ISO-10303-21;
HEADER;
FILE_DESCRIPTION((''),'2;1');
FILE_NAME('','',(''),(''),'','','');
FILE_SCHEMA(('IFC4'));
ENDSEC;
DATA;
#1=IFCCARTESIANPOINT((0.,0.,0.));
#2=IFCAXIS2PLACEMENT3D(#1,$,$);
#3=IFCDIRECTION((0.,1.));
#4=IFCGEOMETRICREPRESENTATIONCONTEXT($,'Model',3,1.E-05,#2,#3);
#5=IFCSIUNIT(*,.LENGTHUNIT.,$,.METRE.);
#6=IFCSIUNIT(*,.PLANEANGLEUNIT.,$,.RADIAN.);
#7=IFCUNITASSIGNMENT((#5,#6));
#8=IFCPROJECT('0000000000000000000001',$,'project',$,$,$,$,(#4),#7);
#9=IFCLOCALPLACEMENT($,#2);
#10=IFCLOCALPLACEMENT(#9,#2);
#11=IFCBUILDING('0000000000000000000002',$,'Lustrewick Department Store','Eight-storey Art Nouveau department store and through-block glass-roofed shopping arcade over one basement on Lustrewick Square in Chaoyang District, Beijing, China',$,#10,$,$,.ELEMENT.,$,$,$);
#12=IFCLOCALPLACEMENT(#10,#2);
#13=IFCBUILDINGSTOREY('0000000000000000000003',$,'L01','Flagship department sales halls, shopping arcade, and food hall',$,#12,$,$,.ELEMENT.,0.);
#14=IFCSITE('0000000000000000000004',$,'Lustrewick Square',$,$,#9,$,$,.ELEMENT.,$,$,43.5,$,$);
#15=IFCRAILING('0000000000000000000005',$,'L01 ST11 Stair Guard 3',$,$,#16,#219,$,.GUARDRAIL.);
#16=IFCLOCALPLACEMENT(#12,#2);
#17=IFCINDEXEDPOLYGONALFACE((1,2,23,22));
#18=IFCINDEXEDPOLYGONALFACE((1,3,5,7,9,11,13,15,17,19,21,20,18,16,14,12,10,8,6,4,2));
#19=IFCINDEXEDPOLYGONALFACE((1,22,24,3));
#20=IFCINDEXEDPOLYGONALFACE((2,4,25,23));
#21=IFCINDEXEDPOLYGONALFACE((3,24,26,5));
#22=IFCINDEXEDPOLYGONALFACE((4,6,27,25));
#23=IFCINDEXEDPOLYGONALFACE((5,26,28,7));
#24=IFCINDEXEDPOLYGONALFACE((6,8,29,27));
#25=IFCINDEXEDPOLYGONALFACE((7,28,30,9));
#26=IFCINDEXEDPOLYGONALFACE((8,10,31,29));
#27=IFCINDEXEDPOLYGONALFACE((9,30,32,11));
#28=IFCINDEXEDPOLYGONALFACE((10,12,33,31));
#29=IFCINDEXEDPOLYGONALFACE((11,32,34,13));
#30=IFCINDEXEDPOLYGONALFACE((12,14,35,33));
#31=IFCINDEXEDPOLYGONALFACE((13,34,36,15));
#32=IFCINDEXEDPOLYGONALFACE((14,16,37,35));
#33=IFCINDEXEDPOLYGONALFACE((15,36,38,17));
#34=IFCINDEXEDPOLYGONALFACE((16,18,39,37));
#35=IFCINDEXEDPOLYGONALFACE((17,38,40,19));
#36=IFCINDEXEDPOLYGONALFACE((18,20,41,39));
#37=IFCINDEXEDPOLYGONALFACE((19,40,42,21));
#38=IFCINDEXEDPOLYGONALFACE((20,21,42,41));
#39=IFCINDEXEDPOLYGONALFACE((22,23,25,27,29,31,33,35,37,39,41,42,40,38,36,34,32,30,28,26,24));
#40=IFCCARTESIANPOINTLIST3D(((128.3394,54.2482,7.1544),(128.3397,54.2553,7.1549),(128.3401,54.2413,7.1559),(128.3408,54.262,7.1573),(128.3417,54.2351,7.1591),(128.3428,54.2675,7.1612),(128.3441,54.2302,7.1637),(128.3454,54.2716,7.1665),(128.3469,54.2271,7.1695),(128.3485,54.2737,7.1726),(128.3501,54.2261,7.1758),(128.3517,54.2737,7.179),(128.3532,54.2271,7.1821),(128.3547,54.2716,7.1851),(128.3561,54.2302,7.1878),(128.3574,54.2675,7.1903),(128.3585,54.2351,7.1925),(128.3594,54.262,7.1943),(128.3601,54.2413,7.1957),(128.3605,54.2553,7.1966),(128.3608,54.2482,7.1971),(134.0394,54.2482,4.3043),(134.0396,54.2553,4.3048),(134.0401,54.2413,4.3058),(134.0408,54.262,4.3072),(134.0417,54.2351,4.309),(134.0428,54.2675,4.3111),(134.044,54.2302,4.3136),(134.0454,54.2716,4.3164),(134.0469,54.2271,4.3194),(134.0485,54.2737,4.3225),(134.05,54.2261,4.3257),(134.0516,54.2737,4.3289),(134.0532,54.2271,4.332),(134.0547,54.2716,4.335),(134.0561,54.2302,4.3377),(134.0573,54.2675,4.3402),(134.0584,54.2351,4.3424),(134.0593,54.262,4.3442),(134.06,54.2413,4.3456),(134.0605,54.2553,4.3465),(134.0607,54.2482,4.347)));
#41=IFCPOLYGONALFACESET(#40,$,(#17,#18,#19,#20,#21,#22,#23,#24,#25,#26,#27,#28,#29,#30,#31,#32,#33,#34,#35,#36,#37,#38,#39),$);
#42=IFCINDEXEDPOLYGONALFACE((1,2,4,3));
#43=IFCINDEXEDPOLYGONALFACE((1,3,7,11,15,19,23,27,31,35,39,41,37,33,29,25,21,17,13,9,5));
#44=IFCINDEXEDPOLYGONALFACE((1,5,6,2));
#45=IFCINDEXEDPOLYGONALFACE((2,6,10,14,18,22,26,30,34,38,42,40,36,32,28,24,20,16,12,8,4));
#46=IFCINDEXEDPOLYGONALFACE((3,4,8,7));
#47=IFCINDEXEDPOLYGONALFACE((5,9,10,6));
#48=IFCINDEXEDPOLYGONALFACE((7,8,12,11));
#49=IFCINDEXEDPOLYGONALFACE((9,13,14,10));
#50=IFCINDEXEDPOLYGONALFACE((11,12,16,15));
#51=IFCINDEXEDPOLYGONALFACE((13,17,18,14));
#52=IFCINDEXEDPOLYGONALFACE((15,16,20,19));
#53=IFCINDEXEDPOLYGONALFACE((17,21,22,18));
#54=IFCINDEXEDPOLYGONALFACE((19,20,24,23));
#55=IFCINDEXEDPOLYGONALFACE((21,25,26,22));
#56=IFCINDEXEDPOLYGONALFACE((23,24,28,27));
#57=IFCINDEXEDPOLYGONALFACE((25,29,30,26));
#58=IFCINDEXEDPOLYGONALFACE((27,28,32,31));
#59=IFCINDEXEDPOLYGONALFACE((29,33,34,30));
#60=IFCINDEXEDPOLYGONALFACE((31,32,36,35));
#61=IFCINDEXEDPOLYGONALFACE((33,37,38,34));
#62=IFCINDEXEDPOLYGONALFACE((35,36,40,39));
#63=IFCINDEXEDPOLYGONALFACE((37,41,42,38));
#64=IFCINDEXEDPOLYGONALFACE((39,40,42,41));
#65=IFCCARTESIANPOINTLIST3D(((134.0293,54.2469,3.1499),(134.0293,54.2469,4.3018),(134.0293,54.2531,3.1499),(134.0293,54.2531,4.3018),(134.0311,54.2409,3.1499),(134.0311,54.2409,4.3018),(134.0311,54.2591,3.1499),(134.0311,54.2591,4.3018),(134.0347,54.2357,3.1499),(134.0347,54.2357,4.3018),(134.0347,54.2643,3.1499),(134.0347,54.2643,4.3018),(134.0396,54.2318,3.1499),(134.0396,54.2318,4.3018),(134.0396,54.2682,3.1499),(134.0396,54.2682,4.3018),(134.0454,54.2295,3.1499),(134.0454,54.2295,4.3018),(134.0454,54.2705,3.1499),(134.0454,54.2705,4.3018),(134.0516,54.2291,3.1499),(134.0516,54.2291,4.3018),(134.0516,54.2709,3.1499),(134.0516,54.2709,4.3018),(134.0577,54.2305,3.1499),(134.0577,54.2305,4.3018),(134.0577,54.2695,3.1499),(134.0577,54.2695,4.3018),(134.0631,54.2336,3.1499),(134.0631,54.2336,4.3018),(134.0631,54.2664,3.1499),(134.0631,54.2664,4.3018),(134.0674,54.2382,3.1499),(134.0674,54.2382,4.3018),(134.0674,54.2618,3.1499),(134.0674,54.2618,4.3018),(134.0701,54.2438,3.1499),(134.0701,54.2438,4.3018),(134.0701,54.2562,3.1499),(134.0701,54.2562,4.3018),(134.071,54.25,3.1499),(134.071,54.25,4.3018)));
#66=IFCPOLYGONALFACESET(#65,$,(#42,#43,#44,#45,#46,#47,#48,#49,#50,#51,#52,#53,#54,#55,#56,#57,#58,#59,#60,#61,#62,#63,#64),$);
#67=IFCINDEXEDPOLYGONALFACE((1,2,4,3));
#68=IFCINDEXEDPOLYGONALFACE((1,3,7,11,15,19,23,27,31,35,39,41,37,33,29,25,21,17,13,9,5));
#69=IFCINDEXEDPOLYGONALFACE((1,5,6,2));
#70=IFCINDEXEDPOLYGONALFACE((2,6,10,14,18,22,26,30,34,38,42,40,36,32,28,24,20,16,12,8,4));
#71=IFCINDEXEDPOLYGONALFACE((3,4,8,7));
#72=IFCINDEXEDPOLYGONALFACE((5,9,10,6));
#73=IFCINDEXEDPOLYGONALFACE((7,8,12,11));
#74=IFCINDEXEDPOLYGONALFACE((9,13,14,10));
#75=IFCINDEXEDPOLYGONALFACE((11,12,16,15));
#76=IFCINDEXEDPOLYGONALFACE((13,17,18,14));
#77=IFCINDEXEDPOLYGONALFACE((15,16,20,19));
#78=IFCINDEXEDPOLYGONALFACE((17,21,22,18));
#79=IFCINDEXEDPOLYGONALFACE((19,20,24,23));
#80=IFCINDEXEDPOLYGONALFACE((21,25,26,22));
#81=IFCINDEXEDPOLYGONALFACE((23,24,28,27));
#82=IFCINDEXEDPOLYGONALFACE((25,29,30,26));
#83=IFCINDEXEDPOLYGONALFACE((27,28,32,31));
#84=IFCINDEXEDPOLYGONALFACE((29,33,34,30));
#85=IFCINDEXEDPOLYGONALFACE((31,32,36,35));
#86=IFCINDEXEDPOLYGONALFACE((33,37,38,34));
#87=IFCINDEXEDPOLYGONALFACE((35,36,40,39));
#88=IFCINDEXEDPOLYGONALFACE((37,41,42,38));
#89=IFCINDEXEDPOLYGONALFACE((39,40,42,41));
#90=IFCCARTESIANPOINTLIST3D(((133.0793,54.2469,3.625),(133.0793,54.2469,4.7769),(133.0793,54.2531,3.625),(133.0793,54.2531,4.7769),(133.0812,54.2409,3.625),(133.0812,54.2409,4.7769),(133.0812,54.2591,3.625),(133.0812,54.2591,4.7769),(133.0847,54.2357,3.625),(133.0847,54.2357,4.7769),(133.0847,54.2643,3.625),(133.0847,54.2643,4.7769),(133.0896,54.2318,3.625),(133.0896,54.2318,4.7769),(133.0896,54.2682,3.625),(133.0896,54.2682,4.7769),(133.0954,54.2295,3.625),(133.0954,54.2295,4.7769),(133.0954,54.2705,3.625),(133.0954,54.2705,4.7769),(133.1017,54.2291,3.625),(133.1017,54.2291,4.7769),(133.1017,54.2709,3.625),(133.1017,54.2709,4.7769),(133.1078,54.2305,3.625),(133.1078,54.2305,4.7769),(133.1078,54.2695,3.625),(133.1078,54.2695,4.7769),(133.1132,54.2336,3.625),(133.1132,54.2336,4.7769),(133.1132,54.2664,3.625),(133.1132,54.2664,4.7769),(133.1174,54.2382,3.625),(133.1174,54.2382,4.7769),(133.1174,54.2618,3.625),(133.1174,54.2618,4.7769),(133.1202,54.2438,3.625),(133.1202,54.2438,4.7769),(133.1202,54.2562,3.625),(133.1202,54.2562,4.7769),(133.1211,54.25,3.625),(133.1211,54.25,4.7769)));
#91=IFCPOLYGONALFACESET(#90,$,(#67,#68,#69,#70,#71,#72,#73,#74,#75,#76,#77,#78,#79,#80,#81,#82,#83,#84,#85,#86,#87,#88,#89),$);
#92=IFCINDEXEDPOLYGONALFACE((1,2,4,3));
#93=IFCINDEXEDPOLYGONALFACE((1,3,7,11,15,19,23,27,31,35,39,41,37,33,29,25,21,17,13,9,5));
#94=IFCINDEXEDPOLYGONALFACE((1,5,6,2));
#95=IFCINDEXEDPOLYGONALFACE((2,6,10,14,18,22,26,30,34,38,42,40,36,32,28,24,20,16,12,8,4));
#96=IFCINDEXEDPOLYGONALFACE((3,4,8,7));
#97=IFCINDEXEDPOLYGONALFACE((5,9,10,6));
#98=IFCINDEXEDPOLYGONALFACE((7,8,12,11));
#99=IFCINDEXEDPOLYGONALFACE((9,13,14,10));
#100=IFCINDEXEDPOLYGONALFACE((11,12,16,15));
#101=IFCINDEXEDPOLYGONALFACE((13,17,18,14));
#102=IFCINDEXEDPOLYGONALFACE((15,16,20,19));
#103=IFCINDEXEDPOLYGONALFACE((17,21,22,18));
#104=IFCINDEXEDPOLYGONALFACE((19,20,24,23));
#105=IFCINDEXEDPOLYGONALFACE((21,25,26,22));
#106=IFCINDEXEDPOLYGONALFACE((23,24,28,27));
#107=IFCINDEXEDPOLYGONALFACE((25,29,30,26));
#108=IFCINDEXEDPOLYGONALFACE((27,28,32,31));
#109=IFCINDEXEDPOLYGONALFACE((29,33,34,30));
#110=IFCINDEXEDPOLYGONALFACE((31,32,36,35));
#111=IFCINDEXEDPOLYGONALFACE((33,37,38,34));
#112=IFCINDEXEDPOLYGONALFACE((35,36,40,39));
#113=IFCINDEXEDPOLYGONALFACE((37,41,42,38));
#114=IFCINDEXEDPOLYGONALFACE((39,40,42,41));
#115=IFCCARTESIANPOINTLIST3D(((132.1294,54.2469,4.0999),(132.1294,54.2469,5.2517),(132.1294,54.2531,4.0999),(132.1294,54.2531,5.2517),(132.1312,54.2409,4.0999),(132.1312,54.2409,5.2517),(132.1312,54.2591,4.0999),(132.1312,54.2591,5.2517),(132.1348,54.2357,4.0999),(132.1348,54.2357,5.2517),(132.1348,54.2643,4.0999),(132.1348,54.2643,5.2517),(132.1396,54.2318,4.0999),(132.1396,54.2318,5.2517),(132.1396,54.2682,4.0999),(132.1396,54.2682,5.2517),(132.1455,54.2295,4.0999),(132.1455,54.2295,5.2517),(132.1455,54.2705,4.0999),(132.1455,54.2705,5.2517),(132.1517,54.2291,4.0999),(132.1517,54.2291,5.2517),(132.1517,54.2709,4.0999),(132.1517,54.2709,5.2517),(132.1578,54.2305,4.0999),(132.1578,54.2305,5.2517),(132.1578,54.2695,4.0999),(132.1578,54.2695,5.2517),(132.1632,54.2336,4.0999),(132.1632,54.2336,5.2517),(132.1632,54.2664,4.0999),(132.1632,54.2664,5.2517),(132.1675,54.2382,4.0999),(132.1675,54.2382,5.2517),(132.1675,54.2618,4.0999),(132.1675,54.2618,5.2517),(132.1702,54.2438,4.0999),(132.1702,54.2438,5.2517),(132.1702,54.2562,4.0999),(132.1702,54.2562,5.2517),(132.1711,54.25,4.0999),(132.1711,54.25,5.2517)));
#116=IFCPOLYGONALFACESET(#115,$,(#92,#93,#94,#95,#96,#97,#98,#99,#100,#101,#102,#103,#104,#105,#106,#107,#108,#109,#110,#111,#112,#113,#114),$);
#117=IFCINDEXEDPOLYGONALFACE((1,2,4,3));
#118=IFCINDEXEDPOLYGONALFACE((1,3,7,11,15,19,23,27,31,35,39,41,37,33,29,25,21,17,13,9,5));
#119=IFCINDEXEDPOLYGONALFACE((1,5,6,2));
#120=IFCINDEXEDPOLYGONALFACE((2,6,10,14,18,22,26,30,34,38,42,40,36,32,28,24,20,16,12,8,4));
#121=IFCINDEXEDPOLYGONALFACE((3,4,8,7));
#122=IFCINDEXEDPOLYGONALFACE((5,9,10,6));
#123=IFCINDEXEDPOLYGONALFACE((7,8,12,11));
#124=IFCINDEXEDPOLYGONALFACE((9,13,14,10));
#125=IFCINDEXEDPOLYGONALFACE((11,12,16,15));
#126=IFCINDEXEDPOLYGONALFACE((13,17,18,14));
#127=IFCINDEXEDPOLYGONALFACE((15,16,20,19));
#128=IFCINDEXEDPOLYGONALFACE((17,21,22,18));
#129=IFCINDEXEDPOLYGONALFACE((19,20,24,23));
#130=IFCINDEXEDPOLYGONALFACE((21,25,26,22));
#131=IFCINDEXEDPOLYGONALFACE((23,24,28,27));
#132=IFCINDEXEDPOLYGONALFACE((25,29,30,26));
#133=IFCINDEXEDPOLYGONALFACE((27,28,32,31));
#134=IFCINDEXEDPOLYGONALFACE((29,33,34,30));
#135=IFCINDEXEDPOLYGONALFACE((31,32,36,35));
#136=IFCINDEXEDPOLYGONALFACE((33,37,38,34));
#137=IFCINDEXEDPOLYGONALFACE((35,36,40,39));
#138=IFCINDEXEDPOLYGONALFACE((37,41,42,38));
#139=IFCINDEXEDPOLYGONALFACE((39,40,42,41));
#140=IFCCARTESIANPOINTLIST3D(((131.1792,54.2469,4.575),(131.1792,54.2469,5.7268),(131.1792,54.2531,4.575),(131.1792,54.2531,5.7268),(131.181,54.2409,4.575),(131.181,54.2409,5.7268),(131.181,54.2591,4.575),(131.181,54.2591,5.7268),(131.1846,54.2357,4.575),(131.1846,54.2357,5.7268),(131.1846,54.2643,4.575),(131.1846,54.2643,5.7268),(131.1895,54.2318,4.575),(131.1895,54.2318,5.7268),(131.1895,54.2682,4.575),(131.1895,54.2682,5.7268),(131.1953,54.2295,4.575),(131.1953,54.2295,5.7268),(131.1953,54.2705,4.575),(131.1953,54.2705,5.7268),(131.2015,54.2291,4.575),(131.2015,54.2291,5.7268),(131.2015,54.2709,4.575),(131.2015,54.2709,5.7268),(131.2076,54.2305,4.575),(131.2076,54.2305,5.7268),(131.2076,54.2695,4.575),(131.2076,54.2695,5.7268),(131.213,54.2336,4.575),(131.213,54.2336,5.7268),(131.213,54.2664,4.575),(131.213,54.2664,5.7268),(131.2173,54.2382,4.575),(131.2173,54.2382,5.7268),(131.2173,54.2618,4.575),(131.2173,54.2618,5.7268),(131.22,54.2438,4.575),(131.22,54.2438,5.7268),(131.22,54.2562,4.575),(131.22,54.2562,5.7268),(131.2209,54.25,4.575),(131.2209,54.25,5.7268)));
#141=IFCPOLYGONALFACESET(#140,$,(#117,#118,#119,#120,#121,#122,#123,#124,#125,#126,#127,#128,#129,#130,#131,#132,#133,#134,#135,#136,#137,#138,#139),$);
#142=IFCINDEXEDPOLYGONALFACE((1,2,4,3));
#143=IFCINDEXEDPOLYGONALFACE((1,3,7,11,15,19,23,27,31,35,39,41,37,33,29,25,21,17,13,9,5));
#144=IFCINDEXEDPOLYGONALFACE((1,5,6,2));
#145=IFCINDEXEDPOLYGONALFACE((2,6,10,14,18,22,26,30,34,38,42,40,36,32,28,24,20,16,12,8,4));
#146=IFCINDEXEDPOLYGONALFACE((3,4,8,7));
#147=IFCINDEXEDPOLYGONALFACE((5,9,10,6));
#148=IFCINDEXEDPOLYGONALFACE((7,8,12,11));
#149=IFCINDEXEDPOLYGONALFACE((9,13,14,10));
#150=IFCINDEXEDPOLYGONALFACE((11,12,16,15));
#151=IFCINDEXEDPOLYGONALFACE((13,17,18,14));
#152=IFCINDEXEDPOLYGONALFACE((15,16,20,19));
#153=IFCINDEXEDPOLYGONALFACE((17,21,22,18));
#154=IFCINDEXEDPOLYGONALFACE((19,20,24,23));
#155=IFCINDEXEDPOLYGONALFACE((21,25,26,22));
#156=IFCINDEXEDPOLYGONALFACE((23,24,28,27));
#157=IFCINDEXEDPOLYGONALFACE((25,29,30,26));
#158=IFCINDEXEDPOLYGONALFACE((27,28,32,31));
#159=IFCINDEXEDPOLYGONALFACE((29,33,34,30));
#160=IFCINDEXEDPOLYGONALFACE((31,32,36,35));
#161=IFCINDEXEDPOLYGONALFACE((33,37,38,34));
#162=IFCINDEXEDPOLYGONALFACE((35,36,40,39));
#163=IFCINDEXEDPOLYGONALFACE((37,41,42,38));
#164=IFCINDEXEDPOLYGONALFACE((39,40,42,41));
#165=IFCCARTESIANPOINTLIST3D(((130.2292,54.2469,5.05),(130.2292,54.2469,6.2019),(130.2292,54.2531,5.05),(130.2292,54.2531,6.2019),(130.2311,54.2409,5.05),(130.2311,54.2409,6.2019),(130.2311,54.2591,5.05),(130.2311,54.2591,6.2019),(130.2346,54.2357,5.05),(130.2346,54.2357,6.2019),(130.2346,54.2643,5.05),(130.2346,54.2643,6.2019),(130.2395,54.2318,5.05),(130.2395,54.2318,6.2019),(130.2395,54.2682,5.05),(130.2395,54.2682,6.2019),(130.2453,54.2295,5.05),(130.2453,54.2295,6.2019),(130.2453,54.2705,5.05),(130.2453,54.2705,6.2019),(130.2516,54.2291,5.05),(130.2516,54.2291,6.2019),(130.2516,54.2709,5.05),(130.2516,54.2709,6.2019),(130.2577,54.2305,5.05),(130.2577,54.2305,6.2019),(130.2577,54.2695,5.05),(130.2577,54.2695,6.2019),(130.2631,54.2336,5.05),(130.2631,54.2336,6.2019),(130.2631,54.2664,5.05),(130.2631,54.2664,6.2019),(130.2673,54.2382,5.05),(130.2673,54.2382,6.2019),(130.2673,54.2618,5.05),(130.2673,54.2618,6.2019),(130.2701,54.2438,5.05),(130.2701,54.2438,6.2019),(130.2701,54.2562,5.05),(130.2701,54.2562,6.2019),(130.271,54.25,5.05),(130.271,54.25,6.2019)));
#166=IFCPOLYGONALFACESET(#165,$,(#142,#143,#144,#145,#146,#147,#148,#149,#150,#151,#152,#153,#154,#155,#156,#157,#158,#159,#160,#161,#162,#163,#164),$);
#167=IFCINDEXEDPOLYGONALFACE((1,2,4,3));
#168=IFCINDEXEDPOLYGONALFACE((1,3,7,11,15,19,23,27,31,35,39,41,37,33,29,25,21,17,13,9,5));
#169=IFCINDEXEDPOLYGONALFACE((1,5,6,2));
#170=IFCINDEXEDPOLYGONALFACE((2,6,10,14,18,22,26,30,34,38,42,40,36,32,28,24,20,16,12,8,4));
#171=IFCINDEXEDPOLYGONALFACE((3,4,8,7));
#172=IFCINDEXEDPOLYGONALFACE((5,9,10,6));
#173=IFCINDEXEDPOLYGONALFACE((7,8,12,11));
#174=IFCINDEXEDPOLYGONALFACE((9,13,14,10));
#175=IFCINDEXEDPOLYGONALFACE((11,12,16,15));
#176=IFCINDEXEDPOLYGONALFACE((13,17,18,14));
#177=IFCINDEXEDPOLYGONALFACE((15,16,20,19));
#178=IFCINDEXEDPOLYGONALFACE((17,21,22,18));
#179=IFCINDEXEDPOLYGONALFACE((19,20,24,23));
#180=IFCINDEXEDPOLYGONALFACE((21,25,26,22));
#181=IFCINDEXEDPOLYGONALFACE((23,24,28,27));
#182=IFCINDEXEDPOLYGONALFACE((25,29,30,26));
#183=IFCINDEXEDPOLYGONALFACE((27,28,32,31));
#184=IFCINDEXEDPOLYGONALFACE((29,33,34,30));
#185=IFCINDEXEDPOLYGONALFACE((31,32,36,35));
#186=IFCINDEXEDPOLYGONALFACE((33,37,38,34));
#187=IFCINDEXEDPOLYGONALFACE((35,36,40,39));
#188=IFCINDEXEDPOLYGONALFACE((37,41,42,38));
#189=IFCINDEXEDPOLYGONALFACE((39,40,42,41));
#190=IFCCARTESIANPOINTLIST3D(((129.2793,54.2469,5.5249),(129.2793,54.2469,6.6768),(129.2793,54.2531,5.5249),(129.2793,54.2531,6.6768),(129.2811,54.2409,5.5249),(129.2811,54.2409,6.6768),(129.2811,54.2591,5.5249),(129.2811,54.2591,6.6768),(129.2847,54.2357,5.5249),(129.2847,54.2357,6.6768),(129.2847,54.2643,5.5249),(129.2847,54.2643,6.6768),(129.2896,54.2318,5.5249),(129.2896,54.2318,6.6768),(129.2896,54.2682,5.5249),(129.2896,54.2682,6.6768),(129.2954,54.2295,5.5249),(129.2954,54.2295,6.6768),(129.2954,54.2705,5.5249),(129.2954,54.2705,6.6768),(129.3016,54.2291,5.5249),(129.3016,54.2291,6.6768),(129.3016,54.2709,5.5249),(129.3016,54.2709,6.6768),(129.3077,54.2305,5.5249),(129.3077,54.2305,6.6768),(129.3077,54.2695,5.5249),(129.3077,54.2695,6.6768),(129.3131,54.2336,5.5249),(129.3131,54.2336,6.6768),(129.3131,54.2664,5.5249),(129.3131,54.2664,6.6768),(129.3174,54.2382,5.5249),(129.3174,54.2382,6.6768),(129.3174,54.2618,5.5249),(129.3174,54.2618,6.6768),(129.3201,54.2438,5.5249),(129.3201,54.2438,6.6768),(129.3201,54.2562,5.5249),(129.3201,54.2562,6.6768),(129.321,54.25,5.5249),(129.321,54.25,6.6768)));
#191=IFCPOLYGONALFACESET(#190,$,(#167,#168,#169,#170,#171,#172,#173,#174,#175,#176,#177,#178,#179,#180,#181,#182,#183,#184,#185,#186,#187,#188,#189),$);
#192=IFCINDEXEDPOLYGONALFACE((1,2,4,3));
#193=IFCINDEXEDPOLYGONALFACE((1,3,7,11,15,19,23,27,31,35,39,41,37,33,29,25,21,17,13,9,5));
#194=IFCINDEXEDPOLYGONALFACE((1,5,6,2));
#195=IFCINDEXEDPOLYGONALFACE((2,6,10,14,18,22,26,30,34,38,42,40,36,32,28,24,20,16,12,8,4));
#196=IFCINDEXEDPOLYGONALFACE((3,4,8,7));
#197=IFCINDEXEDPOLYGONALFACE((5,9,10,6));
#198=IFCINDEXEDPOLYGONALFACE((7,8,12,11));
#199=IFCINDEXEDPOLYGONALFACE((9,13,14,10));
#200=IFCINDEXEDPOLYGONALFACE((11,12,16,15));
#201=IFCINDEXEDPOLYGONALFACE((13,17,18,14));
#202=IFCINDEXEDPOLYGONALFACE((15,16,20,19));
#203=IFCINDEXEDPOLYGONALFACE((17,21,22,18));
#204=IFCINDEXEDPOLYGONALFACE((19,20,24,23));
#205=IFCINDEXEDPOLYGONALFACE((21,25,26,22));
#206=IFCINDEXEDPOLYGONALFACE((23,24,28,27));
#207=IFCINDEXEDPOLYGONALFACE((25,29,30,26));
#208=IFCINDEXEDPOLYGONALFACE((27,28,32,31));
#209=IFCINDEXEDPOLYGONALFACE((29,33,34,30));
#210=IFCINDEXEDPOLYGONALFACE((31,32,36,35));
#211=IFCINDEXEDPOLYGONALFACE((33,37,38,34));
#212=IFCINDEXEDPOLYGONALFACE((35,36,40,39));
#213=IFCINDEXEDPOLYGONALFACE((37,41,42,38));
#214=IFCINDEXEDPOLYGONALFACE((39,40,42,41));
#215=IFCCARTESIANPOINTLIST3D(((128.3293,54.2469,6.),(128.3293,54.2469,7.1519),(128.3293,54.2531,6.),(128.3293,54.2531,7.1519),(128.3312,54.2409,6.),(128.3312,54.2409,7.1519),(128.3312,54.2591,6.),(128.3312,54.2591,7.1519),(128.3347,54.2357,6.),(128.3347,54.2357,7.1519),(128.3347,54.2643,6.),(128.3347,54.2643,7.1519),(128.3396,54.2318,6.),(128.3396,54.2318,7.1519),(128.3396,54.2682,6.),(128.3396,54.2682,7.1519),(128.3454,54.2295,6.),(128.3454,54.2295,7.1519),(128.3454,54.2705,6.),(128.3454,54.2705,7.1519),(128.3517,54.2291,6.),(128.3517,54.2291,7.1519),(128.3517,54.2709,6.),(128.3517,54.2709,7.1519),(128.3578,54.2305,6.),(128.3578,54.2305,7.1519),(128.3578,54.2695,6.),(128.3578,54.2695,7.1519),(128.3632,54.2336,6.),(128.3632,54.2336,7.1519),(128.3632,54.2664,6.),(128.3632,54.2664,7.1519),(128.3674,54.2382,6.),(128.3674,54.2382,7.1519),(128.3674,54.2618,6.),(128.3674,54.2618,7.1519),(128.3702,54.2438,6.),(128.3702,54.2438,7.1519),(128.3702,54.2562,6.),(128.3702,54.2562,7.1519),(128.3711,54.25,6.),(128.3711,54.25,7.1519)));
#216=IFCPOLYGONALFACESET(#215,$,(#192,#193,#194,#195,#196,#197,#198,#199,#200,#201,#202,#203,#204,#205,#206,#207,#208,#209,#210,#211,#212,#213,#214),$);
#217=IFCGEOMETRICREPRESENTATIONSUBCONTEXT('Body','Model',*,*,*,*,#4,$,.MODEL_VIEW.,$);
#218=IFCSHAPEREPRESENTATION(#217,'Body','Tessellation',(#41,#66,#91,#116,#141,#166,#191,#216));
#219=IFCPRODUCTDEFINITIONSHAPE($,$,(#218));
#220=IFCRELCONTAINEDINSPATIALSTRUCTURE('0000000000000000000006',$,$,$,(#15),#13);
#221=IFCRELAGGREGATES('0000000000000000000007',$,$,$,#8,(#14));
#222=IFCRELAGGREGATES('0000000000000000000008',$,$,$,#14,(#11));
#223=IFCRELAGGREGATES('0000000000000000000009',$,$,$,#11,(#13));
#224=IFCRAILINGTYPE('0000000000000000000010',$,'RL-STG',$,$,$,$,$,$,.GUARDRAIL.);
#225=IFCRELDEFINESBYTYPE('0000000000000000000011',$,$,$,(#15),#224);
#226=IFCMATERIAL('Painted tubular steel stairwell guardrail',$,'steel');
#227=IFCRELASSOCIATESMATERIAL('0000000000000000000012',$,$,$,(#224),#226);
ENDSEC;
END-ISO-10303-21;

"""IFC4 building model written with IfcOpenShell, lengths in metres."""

from ifc_helpers import new_model, si_unit, direction, frame, origin, origin_2d, place, context, subcontext, project, spatial, circle, extrude, material, type_object, element, save


model = new_model("IFC4")

# Units and contexts
model_context = context("Model", 3, precision=1e-05, world=origin(), true_north=direction((0.0, 1.0)))
body_context = subcontext(model_context, "Body", "Model", "MODEL_VIEW")
ifc_project = project(units=[si_unit("LENGTHUNIT", "METRE"), si_unit("PLANEANGLEUNIT", "RADIAN")], contexts=[model_context])

# Site, building, storey
site_placement = place(None, origin())
site = spatial("IfcSite", under=ifc_project, at=site_placement, Name="Lustrewick Square", CompositionType="ELEMENT", RefElevation=43.5)
building_placement = place(site_placement, origin())
building = spatial("IfcBuilding", under=site, at=building_placement, Name="Lustrewick Department Store", Description="Eight-storey Art Nouveau department store and through-block glass-roofed shopping arcade over one basement on Lustrewick Square in Chaoyang District, Beijing, China", CompositionType="ELEMENT")
storey_placement = place(building_placement, origin())
storey = spatial("IfcBuildingStorey", under=building, at=storey_placement, Name="L01", Description="Flagship department sales halls, shopping arcade, and food hall", CompositionType="ELEMENT", Elevation=0.0)

# Railing
ifc_material_1 = material(Name="Painted tubular steel stairwell guardrail", Category="steel")
railing_type_1 = type_object("IfcRailingType", Name="RL-STG", PredefinedType="GUARDRAIL", material=ifc_material_1)
railing_1_placement = place(storey_placement, frame((134.05, 54.25, 3.1499)))
element("IfcRailing", 1, at=railing_1_placement, inside=storey, type_object=railing_type_1, Name="L01 ST11 Stair Guard 3", PredefinedType="GUARDRAIL", context=body_context, shape_type="SweptSolid", body=[
    extrude(circle(Radius=0.0239, at=origin_2d()), frame((0.0, 0.0, 1.1758), z_axis=(-0.89442, 0.0, 0.447229), x_axis=(0.0, -1.0, 0.0)), (0.0, 0.0, 1.0), 6.3728),
    extrude(circle(Radius=0.021, at=origin_2d()), origin(), (0.0, 0.0, 1.0), 1.1519),
    extrude(circle(Radius=0.021, at=origin_2d()), frame((-0.95, 0.0, 0.4751)), (0.0, 0.0, 1.0), 1.1519),
    extrude(circle(Radius=0.021, at=origin_2d()), frame((-1.8999, 0.0, 0.95)), (0.0, 0.0, 1.0), 1.1519),
    extrude(circle(Radius=0.021, at=origin_2d()), frame((-2.8501, 0.0, 1.425)), (0.0, 0.0, 1.0), 1.1519),
    extrude(circle(Radius=0.021, at=origin_2d()), frame((-3.8, 0.0, 1.9001)), (0.0, 0.0, 1.0), 1.1519),
    extrude(circle(Radius=0.021, at=origin_2d()), frame((-4.75, 0.0, 2.375)), (0.0, 0.0, 1.0), 1.1519),
    extrude(circle(Radius=0.021, at=origin_2d()), frame((-5.7, 0.0, 2.8501)), (0.0, 0.0, 1.0), 1.1519),
])

save(model, "model.ifc")
